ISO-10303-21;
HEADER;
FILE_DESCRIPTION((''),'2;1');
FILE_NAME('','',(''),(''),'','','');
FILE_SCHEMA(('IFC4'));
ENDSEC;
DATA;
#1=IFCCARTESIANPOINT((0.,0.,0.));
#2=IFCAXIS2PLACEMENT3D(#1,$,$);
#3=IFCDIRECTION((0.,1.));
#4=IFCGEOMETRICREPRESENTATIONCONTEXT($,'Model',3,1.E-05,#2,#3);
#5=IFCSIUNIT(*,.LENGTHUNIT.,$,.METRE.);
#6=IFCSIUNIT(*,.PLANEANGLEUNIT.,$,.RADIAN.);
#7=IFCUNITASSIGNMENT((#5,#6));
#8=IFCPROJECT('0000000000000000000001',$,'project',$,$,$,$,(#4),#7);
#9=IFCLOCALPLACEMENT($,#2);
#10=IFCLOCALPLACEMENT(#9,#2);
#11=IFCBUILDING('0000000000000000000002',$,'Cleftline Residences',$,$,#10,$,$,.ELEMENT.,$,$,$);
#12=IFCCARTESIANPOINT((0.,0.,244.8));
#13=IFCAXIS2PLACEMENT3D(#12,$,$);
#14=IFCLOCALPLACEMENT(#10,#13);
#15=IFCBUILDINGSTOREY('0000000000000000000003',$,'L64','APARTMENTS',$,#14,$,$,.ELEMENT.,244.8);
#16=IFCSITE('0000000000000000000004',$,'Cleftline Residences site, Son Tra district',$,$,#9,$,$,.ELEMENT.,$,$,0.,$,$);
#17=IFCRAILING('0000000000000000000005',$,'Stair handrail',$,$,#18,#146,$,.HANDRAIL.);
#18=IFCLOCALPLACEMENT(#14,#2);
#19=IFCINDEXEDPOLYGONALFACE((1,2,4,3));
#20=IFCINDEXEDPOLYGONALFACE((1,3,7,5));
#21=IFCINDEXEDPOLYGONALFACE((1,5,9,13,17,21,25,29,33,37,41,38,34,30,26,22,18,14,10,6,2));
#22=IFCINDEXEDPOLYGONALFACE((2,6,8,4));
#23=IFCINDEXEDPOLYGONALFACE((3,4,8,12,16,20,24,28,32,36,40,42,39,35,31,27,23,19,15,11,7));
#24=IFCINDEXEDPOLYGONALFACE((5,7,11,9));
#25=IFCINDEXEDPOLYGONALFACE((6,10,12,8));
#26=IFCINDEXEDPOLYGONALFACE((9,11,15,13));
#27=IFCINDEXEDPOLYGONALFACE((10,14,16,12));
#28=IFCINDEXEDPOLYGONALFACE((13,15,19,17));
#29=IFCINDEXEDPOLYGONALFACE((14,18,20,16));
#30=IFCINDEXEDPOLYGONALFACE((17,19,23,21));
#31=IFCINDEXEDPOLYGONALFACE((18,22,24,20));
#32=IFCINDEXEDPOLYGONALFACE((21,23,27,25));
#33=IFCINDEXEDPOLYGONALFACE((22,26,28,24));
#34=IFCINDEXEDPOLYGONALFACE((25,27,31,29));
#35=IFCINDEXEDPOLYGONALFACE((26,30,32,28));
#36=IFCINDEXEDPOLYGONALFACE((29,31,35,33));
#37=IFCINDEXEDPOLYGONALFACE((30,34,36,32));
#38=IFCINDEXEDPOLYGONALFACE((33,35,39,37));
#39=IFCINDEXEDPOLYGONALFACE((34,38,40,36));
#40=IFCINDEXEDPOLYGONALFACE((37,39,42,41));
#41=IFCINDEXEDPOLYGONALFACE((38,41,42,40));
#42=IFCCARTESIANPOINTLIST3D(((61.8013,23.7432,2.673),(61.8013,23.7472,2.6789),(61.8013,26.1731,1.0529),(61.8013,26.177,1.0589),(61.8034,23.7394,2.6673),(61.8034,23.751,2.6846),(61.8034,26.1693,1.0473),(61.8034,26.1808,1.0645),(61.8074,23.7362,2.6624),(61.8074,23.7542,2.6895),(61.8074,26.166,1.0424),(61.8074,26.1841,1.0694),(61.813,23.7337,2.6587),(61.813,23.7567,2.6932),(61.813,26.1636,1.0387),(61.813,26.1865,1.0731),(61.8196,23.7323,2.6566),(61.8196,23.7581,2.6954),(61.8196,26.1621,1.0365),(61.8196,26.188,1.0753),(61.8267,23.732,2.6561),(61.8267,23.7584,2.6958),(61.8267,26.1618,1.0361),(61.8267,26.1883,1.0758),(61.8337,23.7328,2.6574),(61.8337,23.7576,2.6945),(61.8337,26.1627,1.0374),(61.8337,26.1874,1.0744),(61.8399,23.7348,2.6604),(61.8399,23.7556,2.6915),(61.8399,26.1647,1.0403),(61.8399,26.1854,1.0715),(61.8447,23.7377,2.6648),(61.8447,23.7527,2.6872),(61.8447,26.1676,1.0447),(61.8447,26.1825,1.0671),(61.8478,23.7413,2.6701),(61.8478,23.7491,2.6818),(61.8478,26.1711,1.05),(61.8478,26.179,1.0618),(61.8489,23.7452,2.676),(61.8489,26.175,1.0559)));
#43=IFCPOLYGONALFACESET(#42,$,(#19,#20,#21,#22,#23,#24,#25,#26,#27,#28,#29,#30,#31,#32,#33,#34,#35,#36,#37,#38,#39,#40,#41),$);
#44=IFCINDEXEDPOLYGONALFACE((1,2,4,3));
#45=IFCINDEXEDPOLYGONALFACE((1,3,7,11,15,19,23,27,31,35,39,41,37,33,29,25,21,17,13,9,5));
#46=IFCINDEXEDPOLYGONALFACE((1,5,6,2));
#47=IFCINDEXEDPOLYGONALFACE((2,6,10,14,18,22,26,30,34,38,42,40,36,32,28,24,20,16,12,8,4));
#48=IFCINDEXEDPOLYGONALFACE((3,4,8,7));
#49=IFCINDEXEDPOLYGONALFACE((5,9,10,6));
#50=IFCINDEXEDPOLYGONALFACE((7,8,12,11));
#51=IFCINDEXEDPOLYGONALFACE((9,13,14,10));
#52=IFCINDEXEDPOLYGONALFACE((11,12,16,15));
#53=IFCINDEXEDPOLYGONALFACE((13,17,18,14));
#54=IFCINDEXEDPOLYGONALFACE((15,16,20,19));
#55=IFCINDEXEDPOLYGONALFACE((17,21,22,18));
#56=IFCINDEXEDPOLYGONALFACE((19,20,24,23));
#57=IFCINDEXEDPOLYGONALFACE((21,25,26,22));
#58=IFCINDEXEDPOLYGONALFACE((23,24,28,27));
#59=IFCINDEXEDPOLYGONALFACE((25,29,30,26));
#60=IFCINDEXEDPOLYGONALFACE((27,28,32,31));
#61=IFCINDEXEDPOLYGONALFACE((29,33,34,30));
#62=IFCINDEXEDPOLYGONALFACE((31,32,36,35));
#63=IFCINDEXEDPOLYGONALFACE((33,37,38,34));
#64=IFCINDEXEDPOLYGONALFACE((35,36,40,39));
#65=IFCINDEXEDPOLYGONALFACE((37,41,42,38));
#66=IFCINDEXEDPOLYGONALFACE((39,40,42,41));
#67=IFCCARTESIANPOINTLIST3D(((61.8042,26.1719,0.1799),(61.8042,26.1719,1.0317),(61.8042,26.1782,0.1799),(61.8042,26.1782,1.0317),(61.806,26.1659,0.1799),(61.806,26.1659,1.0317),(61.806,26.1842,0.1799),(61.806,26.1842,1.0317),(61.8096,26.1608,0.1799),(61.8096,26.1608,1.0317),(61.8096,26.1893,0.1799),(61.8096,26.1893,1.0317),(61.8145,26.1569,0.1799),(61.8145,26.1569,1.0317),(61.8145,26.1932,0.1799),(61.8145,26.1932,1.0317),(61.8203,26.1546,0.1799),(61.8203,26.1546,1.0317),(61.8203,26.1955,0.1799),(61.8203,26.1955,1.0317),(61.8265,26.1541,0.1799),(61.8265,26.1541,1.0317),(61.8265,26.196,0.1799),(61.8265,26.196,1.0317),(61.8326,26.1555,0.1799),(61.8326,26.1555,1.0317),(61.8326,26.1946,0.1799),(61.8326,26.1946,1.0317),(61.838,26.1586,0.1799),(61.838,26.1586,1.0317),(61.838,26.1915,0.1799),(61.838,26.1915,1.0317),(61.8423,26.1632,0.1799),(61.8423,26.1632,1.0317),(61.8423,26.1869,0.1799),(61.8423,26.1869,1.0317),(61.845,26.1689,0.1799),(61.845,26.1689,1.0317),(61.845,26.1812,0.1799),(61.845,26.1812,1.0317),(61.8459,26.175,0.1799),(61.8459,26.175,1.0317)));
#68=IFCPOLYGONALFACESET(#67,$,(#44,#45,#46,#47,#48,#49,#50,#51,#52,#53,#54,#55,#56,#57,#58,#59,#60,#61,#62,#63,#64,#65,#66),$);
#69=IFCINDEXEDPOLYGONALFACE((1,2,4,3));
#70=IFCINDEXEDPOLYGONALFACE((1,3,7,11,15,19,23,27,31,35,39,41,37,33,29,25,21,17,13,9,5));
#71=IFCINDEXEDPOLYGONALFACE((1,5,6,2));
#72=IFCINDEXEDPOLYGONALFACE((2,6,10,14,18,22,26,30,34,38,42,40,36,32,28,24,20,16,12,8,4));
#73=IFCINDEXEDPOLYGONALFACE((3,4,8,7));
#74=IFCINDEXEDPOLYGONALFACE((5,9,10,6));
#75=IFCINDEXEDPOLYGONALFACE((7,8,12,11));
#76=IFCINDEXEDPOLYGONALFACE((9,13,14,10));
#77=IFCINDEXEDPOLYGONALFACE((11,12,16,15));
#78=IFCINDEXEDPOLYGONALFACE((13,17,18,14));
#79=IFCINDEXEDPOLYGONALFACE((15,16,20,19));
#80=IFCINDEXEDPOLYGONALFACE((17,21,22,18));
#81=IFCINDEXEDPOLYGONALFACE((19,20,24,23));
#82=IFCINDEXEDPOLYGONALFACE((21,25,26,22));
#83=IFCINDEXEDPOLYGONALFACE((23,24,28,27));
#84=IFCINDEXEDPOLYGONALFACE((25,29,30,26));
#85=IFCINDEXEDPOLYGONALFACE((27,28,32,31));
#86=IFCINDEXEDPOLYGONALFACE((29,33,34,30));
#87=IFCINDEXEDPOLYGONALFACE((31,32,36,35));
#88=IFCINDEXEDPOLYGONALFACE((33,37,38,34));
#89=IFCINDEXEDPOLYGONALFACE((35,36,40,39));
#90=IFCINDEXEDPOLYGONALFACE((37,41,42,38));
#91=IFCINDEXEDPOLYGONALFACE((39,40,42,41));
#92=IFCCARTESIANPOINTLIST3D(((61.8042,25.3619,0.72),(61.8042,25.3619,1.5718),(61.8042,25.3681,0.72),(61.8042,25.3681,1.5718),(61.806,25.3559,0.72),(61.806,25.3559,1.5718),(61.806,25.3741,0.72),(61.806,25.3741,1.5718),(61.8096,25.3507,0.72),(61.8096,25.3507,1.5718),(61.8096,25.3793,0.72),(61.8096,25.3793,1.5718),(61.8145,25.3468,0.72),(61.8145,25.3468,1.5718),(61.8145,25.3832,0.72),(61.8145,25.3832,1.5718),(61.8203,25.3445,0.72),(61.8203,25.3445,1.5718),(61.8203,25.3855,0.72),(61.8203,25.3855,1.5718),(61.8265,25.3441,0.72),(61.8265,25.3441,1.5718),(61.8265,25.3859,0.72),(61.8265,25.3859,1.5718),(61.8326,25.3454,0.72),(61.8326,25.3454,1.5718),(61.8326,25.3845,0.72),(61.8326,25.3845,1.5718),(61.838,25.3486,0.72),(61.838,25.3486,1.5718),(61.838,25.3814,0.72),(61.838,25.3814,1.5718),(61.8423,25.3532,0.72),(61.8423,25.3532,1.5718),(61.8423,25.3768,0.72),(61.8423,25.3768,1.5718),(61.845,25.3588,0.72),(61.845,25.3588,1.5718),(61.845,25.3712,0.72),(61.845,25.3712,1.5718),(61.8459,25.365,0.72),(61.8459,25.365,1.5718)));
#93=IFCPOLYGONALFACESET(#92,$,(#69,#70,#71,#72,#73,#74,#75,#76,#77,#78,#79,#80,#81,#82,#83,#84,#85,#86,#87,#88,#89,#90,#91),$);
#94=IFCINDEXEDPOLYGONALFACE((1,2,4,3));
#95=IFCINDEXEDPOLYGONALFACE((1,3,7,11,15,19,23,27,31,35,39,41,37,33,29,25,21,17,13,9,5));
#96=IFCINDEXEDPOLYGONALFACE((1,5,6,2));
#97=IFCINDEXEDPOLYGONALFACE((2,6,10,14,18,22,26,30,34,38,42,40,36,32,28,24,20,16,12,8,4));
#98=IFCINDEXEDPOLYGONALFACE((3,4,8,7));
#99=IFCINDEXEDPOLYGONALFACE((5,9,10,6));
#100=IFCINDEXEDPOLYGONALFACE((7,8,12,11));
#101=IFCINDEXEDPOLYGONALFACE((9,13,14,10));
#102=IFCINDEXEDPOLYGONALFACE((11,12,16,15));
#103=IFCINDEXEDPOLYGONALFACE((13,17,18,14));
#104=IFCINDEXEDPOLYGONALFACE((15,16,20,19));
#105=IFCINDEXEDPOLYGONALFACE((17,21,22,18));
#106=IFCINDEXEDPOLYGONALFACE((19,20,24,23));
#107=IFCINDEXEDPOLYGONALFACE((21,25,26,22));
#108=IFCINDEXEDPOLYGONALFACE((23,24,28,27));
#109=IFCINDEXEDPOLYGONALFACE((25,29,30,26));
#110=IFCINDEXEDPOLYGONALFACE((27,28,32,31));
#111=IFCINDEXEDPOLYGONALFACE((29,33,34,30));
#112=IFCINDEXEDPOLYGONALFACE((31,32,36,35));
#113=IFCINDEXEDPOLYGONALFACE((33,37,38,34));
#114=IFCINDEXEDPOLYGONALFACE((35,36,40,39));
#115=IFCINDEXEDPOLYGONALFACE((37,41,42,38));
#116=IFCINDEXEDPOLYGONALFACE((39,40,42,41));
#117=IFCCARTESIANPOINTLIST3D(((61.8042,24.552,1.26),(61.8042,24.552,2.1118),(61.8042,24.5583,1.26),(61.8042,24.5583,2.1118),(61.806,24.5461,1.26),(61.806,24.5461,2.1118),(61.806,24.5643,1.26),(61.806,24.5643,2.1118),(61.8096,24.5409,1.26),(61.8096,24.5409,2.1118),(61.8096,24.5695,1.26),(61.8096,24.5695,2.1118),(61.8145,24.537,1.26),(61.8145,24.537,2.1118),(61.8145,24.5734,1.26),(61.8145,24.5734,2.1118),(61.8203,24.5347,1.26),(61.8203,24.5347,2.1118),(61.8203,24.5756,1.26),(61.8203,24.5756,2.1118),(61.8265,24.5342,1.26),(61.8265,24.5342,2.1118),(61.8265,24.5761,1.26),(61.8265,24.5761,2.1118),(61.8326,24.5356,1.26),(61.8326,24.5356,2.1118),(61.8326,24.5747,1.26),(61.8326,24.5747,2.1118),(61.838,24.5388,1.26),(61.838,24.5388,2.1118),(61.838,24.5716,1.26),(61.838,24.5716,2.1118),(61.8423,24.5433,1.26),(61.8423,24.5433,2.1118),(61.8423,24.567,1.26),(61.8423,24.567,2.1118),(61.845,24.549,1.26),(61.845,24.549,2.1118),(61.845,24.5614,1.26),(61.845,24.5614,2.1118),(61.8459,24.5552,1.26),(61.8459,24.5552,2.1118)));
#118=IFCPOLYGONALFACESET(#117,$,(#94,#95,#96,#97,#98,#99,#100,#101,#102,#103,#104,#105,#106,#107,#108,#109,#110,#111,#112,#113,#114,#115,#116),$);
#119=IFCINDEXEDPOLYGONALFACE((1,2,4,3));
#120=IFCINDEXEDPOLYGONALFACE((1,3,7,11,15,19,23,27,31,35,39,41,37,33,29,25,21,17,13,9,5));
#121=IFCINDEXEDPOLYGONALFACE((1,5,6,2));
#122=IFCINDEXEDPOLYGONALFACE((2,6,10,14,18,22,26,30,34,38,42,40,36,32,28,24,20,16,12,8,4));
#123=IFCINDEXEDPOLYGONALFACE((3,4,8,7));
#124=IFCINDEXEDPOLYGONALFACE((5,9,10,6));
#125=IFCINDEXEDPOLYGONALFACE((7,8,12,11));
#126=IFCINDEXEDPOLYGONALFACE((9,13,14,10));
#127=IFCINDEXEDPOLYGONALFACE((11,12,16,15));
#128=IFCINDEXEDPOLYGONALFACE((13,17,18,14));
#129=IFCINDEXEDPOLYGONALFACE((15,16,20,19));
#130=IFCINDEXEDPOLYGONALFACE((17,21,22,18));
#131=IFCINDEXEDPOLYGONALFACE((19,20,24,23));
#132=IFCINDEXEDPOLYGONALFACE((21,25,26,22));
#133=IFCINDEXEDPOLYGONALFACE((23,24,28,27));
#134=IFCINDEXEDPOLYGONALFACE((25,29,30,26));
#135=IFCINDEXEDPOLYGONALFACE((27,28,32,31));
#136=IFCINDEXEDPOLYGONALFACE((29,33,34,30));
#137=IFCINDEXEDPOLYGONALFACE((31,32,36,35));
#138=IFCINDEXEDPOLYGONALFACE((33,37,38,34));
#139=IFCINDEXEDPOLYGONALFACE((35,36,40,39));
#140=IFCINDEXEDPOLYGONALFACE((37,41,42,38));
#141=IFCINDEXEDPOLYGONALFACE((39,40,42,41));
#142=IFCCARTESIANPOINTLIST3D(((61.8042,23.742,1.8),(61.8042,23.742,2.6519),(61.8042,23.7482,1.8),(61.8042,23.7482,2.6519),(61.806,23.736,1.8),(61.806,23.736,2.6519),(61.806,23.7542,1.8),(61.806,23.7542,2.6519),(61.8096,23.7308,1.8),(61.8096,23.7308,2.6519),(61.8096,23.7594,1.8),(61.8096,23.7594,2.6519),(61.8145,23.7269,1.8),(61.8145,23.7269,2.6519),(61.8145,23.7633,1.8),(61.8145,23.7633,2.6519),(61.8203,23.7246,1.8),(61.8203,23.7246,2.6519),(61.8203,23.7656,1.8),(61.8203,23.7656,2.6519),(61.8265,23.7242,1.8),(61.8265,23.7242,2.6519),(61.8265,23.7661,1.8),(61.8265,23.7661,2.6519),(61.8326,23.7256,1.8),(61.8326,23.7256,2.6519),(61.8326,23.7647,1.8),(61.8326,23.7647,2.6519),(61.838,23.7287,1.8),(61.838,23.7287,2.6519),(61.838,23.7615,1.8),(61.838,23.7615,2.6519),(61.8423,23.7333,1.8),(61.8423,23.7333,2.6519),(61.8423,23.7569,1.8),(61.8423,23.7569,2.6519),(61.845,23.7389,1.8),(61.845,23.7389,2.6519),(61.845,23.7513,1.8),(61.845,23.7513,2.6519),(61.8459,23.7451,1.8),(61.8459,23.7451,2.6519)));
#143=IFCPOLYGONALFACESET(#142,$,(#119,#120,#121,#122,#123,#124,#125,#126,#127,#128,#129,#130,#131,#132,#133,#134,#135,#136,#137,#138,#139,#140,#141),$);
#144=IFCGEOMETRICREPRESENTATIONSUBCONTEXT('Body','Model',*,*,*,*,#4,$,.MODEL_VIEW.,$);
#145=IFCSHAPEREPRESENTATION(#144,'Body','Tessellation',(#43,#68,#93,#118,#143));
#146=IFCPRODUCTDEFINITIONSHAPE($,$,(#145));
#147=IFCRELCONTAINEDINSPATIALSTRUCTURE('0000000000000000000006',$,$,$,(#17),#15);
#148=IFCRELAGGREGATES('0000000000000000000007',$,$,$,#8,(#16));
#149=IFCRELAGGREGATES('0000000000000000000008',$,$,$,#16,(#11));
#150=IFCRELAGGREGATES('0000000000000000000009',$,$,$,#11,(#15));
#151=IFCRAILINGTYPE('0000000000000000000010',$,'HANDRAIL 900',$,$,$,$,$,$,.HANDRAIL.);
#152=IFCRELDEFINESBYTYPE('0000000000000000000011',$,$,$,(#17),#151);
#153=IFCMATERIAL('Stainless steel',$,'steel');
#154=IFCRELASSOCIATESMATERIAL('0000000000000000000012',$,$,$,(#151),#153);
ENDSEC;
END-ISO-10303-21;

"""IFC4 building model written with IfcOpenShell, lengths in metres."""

from ifc_helpers import new_model, si_unit, direction, frame, origin, origin_2d, place, context, subcontext, project, spatial, circle, extrude, material, type_object, element, save


model = new_model("IFC4")

# Units and contexts
model_context = context("Model", 3, precision=1e-05, world=origin(), true_north=direction((0.0, 1.0)))
body_context = subcontext(model_context, "Body", "Model", "MODEL_VIEW")
ifc_project = project(units=[si_unit("LENGTHUNIT", "METRE"), si_unit("PLANEANGLEUNIT", "RADIAN")], contexts=[model_context])

# Site, building, storey
site_placement = place(None, origin())
site = spatial("IfcSite", under=ifc_project, at=site_placement, Name="Cleftline Residences site, Son Tra district", CompositionType="ELEMENT", RefElevation=0.0)
building_placement = place(site_placement, origin())
building = spatial("IfcBuilding", under=site, at=building_placement, Name="Cleftline Residences", CompositionType="ELEMENT")
storey_placement = place(building_placement, frame((0.0, 0.0, 244.8)))
storey = spatial("IfcBuildingStorey", under=building, at=storey_placement, Name="L64", Description="APARTMENTS", CompositionType="ELEMENT", Elevation=244.8)

# Railing
ifc_material_1 = material(Name="Stainless steel", Category="steel")
railing_type = type_object("IfcRailingType", Name="HANDRAIL 900", PredefinedType="HANDRAIL", material=ifc_material_1)
railing_placement = place(storey_placement, frame((61.825, 26.175, 0.1799)))
element("IfcRailing", 1, at=railing_placement, inside=storey, type_object=railing_type, Name="Stair handrail", PredefinedType="HANDRAIL", context=body_context, shape_type="SweptSolid", body=[
    extrude(circle(Radius=0.0239, at=origin_2d()), frame((0.0, 0.0, 0.876), z_axis=(0.0, -0.832025, 0.554739), x_axis=(1.0, 0.0, 0.0)), (0.0, 0.0, 1.0), 2.9204),
    extrude(circle(Radius=0.021, at=origin_2d()), origin(), (0.0, 0.0, 1.0), 0.8518),
    extrude(circle(Radius=0.021, at=origin_2d()), frame((0.0, -0.8101, 0.54)), (0.0, 0.0, 1.0), 0.8518),
    extrude(circle(Radius=0.021, at=origin_2d()), frame((0.0, -1.6199, 1.0801)), (0.0, 0.0, 1.0), 0.8518),
    extrude(circle(Radius=0.021, at=origin_2d()), frame((0.0, -2.4299, 1.6201)), (0.0, 0.0, 1.0), 0.8518),
])

save(model, "model.ifc")
